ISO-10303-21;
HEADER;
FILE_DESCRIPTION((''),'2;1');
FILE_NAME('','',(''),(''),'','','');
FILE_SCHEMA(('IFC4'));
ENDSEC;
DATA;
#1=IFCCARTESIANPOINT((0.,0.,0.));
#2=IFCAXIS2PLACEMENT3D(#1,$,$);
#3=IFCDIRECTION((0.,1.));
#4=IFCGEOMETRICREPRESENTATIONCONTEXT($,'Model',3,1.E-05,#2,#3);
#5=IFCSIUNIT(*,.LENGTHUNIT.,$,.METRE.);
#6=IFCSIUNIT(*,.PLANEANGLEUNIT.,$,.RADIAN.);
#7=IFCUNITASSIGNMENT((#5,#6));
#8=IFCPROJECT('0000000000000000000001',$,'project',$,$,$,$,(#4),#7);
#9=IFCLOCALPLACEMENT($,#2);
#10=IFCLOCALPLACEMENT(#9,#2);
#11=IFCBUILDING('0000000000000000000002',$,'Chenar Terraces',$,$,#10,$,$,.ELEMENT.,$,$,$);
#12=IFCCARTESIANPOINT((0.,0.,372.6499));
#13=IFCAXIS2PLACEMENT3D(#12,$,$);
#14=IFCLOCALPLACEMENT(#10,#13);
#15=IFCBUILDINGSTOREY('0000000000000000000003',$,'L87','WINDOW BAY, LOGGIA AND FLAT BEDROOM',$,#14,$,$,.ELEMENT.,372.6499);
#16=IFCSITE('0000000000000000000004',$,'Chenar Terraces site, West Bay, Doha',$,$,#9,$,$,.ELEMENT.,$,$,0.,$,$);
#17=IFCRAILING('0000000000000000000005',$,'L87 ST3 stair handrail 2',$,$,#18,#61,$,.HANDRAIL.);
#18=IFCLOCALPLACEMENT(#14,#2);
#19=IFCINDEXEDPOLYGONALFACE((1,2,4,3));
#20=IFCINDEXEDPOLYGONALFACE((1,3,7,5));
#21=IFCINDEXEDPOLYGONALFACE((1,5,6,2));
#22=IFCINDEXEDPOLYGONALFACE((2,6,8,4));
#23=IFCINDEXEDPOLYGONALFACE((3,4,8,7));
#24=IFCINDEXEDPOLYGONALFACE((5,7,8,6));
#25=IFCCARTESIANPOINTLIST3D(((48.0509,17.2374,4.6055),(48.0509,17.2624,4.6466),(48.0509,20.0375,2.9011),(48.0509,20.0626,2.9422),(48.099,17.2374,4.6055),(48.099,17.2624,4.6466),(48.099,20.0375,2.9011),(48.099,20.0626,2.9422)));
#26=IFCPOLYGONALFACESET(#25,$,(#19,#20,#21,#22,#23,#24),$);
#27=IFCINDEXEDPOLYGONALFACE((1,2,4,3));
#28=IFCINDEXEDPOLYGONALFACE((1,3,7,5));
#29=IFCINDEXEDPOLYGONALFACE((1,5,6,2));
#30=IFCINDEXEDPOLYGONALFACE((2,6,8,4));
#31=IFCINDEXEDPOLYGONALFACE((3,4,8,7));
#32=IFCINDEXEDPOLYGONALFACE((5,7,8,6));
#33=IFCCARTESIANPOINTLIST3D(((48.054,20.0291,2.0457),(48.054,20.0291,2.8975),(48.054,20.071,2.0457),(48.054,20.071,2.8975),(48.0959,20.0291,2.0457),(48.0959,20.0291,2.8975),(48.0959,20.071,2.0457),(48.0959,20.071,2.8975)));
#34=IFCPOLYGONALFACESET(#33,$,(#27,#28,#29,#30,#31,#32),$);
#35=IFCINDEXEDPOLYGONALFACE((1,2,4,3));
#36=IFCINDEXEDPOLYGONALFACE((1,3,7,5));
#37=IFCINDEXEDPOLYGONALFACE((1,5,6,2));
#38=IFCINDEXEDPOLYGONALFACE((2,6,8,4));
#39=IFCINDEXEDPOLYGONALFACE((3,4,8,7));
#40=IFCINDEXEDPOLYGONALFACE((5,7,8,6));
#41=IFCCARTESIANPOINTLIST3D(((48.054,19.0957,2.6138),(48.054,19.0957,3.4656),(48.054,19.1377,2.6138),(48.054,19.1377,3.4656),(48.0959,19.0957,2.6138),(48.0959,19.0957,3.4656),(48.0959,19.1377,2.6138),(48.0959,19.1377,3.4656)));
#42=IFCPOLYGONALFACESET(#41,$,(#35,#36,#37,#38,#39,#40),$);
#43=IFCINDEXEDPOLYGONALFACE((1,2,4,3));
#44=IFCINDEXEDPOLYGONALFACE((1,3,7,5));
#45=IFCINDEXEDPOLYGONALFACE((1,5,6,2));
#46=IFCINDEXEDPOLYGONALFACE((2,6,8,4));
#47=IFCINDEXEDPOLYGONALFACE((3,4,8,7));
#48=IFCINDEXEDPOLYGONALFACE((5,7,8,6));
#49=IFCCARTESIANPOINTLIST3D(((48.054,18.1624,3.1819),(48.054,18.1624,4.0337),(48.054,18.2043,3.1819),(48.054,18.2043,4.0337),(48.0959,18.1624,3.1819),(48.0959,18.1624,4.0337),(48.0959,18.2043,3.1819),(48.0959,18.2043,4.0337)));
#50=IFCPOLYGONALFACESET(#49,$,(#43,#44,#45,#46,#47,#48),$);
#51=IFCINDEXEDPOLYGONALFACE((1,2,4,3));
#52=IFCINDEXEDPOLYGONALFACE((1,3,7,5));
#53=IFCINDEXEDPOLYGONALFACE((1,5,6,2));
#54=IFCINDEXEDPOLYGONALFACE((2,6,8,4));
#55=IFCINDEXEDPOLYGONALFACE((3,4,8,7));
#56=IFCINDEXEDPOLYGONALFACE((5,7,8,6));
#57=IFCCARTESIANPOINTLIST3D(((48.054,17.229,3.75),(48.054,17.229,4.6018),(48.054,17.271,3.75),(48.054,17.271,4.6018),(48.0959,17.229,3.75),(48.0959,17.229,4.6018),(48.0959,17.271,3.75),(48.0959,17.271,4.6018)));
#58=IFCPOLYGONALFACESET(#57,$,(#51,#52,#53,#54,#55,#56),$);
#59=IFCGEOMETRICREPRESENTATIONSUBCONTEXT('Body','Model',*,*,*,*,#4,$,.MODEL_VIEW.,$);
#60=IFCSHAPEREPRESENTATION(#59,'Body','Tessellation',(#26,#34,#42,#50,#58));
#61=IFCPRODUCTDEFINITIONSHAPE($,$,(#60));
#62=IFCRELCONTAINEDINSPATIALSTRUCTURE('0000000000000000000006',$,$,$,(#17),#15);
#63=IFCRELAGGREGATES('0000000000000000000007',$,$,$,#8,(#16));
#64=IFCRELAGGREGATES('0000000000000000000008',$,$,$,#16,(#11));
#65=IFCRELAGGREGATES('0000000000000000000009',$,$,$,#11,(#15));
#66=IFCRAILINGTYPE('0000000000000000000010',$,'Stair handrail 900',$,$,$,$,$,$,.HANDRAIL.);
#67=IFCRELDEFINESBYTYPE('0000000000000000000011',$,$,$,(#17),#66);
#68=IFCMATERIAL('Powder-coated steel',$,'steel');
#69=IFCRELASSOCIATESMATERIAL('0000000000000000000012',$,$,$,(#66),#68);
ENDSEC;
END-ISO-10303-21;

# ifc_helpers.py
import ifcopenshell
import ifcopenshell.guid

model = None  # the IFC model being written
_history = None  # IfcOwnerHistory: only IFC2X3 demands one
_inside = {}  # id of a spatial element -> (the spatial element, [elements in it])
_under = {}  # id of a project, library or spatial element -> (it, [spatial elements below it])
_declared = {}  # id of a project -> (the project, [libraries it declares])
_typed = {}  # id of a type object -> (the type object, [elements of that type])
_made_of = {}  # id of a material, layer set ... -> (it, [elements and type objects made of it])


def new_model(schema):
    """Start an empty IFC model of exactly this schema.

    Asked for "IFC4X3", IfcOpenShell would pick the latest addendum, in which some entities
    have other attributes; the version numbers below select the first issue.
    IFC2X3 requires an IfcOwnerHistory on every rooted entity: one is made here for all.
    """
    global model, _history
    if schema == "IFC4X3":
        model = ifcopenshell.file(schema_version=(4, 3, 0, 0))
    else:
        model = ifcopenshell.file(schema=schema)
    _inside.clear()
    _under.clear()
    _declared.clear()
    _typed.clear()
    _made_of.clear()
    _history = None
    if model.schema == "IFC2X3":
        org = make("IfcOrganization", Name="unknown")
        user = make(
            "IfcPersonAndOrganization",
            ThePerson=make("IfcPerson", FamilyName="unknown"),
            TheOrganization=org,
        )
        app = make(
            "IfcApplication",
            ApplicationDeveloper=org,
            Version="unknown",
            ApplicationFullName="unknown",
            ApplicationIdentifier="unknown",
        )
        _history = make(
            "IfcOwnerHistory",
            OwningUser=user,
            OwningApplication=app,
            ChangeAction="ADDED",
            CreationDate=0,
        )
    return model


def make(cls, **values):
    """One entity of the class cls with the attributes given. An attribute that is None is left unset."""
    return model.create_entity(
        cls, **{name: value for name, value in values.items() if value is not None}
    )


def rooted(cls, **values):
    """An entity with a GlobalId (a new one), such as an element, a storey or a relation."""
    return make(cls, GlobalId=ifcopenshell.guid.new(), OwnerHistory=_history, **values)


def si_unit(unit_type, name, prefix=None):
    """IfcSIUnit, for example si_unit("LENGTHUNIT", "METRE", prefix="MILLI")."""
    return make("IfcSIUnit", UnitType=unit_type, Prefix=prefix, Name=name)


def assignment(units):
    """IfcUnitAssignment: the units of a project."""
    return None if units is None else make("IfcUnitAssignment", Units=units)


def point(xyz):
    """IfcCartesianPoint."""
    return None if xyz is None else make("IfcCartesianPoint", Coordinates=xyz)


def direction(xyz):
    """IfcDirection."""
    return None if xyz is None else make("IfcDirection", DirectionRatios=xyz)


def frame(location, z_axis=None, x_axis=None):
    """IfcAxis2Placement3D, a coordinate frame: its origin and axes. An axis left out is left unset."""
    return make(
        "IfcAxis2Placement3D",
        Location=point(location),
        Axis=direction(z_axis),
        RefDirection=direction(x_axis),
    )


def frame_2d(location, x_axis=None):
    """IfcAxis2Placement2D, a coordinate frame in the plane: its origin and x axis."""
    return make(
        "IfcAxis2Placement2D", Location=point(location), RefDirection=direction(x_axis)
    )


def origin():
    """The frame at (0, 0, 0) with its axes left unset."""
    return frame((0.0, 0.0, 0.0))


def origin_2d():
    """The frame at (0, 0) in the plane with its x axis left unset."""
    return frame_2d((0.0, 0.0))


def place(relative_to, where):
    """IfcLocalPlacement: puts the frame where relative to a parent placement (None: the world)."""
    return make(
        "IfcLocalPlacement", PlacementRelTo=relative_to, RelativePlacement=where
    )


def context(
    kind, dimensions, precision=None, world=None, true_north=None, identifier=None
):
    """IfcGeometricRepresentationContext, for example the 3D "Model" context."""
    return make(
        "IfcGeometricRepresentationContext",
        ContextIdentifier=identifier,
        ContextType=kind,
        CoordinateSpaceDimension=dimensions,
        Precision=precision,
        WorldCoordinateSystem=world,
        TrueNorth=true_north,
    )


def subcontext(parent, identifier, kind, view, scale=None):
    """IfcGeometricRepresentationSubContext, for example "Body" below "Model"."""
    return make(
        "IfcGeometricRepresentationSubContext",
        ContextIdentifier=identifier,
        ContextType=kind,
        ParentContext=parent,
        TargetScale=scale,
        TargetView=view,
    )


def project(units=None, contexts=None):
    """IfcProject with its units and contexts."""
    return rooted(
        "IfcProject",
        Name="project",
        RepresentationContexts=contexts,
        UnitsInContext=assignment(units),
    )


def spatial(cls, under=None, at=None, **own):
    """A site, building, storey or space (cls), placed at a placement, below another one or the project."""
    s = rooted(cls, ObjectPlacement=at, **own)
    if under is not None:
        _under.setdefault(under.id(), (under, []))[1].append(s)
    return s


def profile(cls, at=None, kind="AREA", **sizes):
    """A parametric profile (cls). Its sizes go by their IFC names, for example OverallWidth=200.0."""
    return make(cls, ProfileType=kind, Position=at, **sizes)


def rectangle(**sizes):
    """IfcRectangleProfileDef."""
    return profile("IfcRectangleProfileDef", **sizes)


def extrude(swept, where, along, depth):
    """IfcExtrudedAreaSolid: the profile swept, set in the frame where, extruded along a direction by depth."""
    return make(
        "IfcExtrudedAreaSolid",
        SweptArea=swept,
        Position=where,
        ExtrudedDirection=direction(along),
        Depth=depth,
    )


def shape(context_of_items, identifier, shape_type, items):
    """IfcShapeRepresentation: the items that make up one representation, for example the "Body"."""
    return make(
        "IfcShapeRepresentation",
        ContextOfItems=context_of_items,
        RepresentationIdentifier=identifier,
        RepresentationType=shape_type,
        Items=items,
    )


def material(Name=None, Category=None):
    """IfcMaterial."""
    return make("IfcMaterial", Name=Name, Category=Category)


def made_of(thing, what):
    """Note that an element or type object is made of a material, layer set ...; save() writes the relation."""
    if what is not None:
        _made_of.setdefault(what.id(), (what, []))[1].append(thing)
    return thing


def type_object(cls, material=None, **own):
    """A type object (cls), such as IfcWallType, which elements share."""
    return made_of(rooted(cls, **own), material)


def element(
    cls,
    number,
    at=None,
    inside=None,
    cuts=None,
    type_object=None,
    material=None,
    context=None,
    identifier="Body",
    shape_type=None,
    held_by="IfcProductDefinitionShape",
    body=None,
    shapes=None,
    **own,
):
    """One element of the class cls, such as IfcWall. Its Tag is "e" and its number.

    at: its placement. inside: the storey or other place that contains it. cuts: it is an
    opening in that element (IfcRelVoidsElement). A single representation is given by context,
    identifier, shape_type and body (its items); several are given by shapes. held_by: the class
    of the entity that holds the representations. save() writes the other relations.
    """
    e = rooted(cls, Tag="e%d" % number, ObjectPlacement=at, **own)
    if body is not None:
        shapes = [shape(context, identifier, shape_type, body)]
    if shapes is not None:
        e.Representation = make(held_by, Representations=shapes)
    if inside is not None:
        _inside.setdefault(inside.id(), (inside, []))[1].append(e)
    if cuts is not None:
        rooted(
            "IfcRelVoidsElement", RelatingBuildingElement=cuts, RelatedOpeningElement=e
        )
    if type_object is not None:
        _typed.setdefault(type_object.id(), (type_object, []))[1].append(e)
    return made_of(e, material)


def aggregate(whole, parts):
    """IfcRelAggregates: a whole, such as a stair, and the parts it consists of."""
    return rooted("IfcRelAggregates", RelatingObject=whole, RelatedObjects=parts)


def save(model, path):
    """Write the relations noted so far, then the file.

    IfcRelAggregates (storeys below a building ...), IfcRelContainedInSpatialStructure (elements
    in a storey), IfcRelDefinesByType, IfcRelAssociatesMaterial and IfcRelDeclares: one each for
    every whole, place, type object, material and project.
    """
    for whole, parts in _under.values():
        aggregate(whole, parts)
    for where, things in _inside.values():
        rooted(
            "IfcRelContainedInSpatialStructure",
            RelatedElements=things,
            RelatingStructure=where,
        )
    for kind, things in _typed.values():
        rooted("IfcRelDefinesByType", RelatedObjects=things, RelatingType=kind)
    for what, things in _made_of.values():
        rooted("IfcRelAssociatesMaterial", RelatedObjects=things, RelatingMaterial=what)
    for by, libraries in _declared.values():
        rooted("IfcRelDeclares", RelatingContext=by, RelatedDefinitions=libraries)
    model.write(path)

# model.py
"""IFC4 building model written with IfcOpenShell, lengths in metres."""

from ifc_helpers import new_model, si_unit, direction, frame, origin, origin_2d, place, context, subcontext, project, spatial, rectangle, extrude, material, type_object, element, save


model = new_model("IFC4")

# Units and contexts
model_context = context("Model", 3, precision=1e-05, world=origin(), true_north=direction((0.0, 1.0)))
body_context = subcontext(model_context, "Body", "Model", "MODEL_VIEW")
ifc_project = project(units=[si_unit("LENGTHUNIT", "METRE"), si_unit("PLANEANGLEUNIT", "RADIAN")], contexts=[model_context])

# Site, building, storey
site_placement = place(None, origin())
site = spatial("IfcSite", under=ifc_project, at=site_placement, Name="Chenar Terraces site, West Bay, Doha", CompositionType="ELEMENT", RefElevation=0.0)
building_placement = place(site_placement, origin())
building = spatial("IfcBuilding", under=site, at=building_placement, Name="Chenar Terraces", CompositionType="ELEMENT")
storey_placement = place(building_placement, frame((0.0, 0.0, 372.6499)))
storey = spatial("IfcBuildingStorey", under=building, at=storey_placement, Name="L87", Description="WINDOW BAY, LOGGIA AND FLAT BEDROOM", CompositionType="ELEMENT", Elevation=372.6499)

# Railing
ifc_material_1 = material(Name="Powder-coated steel", Category="steel")
railing_type_1 = type_object("IfcRailingType", Name="Stair handrail 900", PredefinedType="HANDRAIL", material=ifc_material_1)
railing_1_placement = place(storey_placement, frame((48.075, 20.05, 2.0457)))
element("IfcRailing", 1, at=railing_1_placement, inside=storey, type_object=railing_type_1, Name="L87 ST3 stair handrail 2", PredefinedType="HANDRAIL", context=body_context, shape_type="SweptSolid", body=[
    extrude(rectangle(XDim=0.0481, YDim=0.0481, at=origin_2d()), frame((0.0, 0.0, 0.876), z_axis=(0.0, -0.854203, 0.51994), x_axis=(1.0, 0.0, 0.0)), (0.0, 0.0, 1.0), 3.2781),
    extrude(rectangle(XDim=0.042, YDim=0.042, at=origin_2d()), origin(), (0.0, 0.0, 1.0), 0.8518),
    extrude(rectangle(XDim=0.042, YDim=0.042, at=origin_2d()), frame((0.0, -0.9333, 0.5681)), (0.0, 0.0, 1.0), 0.8518),
    extrude(rectangle(XDim=0.042, YDim=0.042, at=origin_2d()), frame((0.0, -1.8667, 1.1362)), (0.0, 0.0, 1.0), 0.8518),
    extrude(rectangle(XDim=0.042, YDim=0.042, at=origin_2d()), frame((0.0, -2.8, 1.7043)), (0.0, 0.0, 1.0), 0.8518),
])

save(model, "model.ifc")
